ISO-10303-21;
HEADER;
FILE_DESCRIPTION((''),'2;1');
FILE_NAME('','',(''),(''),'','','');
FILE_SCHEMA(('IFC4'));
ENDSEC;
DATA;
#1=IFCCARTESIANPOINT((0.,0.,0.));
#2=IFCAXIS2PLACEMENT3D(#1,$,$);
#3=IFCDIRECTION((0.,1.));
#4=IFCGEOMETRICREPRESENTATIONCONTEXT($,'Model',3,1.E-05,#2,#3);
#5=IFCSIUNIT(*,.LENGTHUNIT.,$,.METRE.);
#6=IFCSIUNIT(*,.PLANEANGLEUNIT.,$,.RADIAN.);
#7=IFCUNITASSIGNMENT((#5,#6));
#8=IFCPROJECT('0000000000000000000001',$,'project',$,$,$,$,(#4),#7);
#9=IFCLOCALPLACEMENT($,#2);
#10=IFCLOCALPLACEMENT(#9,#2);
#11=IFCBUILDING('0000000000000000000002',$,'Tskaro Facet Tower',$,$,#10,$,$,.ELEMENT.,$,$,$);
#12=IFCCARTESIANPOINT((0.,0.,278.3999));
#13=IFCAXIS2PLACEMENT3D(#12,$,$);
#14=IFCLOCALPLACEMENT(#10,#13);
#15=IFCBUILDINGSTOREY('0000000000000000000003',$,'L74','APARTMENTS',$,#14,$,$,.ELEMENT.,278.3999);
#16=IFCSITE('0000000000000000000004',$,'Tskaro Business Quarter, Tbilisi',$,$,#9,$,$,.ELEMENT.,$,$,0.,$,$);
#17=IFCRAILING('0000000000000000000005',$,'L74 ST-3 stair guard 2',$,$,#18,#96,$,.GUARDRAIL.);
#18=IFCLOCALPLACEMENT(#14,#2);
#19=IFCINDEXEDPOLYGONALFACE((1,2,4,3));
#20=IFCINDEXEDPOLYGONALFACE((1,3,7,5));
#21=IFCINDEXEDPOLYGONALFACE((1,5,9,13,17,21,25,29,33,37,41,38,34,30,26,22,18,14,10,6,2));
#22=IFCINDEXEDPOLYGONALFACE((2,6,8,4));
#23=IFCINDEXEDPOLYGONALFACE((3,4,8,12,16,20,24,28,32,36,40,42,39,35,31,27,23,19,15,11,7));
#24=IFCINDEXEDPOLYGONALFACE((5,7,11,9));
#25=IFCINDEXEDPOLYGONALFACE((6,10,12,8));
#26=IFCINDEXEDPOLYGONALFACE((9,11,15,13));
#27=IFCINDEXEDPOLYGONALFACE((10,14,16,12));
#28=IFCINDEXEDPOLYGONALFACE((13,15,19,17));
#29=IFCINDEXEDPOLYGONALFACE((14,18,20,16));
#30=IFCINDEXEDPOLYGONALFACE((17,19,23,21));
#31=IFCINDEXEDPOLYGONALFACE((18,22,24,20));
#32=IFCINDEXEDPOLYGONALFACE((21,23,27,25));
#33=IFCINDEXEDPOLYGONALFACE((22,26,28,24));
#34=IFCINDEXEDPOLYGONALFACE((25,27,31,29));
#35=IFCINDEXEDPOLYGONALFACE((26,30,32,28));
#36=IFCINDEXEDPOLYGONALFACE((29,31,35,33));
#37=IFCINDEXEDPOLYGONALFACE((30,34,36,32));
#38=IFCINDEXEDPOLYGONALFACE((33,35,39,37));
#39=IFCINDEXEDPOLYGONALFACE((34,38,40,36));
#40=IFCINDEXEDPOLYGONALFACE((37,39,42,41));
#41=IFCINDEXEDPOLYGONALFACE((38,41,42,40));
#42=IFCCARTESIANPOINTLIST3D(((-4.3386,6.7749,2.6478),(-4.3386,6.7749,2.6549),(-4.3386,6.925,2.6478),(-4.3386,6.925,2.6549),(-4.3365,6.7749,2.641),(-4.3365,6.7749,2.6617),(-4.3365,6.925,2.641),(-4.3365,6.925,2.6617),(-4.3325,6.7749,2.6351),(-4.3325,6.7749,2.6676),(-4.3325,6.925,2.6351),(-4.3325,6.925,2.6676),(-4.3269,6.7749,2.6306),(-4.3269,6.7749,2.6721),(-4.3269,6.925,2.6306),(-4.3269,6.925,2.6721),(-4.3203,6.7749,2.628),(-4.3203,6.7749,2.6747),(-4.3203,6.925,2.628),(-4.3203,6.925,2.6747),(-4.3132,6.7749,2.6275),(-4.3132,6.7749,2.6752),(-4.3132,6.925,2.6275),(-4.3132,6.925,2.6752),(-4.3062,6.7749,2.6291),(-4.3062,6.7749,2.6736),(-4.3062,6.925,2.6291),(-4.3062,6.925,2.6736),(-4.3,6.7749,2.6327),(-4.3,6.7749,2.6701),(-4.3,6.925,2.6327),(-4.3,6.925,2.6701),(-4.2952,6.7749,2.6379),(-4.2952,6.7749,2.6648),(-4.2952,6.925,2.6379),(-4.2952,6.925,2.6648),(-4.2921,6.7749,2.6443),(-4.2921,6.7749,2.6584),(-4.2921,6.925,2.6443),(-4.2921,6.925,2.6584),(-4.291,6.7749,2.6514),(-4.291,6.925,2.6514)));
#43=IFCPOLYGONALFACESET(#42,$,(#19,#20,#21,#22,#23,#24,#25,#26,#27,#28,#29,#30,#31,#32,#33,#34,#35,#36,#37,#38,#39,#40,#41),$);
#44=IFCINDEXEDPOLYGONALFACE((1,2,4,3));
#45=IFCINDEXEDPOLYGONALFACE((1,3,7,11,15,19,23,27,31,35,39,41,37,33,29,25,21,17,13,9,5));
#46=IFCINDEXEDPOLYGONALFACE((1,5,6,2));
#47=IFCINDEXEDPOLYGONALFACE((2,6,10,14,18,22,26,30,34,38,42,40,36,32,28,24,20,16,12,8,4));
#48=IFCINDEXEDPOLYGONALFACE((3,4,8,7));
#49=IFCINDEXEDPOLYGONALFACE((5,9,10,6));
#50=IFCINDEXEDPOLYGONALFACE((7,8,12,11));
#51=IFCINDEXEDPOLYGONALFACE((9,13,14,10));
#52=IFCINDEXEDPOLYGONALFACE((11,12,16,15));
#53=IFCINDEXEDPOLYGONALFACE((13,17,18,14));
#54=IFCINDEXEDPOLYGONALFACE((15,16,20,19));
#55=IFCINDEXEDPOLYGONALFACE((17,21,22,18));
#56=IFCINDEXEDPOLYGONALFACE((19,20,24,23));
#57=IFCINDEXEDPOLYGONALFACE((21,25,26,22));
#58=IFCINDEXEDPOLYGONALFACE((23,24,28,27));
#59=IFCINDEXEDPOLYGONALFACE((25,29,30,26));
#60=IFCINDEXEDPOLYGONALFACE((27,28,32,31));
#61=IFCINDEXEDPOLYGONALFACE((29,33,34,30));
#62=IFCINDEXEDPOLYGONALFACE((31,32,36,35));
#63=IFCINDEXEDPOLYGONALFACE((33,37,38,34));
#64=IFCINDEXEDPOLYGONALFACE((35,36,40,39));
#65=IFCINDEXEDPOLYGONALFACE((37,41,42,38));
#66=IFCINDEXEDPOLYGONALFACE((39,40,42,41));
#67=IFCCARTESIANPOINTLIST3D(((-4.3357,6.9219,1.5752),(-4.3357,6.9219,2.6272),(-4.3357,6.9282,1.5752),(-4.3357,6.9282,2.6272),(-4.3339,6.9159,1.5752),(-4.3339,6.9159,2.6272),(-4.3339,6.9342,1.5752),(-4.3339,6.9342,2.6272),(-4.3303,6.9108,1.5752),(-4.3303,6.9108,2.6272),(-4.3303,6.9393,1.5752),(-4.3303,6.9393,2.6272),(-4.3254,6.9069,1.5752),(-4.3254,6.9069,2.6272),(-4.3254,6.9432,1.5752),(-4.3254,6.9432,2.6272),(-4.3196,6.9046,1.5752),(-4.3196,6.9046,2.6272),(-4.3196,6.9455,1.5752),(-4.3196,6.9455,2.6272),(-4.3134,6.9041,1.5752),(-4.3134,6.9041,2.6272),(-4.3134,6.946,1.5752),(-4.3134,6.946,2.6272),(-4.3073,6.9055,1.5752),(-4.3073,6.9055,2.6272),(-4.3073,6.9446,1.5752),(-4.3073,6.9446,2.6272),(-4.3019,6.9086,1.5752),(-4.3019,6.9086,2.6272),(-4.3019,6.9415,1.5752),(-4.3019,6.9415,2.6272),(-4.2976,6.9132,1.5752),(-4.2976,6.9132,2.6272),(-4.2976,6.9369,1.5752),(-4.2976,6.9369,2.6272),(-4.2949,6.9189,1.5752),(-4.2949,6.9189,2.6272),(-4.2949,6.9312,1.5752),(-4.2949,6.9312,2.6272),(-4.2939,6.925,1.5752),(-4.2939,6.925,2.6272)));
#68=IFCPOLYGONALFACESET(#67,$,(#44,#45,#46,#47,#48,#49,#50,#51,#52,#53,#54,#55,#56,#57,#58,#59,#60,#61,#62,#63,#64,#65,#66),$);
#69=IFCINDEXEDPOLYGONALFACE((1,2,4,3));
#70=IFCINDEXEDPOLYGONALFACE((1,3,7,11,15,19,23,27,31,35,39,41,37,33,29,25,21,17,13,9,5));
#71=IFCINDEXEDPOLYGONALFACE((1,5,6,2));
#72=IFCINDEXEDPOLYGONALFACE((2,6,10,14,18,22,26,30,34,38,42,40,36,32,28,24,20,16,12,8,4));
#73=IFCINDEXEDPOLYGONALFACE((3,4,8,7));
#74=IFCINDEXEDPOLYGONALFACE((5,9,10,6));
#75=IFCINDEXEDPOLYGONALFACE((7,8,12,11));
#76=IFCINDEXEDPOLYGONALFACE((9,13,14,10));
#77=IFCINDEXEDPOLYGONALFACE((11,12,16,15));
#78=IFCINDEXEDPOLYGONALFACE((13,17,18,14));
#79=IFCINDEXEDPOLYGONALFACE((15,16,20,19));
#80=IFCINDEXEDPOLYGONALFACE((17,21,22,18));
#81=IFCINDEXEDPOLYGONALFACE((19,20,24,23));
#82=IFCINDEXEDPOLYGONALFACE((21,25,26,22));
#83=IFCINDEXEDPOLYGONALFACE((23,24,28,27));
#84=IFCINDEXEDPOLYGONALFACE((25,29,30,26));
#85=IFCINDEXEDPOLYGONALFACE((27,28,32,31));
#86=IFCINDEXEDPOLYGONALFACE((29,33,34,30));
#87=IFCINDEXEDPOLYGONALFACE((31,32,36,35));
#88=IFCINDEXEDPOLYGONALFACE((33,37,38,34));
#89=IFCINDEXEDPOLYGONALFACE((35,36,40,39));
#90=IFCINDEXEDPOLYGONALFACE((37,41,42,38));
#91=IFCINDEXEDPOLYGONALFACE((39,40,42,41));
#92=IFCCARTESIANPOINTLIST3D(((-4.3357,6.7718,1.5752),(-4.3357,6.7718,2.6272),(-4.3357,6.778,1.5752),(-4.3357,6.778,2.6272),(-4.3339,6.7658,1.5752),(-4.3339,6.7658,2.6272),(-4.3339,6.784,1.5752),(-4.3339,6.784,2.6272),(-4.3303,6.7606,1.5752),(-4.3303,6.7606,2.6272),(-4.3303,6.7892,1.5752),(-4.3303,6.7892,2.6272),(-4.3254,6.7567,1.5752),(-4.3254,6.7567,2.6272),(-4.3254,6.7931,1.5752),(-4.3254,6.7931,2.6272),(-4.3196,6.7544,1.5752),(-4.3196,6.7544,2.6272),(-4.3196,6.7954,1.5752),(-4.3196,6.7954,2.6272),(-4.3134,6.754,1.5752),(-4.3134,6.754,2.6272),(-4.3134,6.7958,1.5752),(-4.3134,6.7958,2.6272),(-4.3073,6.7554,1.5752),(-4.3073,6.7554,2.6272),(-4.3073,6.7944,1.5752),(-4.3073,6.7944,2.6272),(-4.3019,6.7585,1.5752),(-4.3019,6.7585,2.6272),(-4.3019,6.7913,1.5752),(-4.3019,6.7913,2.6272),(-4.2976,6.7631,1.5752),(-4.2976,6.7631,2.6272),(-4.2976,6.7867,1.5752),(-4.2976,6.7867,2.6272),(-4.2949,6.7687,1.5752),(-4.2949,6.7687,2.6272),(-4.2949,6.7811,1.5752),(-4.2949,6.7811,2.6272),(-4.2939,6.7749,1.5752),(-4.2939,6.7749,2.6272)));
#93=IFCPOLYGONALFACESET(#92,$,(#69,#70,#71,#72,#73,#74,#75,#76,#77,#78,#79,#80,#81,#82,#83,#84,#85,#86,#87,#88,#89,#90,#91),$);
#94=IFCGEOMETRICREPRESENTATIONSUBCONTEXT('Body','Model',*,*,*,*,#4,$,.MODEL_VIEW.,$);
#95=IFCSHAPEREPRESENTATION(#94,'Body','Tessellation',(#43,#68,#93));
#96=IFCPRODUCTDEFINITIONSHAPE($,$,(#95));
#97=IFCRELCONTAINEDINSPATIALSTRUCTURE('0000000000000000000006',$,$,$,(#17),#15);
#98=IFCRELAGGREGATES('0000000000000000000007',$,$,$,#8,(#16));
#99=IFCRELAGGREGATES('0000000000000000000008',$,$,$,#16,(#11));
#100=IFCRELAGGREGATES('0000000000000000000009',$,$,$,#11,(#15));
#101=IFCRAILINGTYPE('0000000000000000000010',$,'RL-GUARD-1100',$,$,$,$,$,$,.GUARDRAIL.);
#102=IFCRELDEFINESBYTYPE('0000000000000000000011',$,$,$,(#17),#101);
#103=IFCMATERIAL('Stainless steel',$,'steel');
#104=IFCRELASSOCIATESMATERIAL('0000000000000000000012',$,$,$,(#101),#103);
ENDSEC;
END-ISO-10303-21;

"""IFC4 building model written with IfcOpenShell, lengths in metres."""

from ifc_helpers import new_model, si_unit, direction, frame, origin, origin_2d, place, context, subcontext, project, spatial, circle, extrude, material, type_object, element, save


model = new_model("IFC4")

# Units and contexts
model_context = context("Model", 3, precision=1e-05, world=origin(), true_north=direction((0.0, 1.0)))
body_context = subcontext(model_context, "Body", "Model", "MODEL_VIEW")
ifc_project = project(units=[si_unit("LENGTHUNIT", "METRE"), si_unit("PLANEANGLEUNIT", "RADIAN")], contexts=[model_context])

# Site, building, storey
site_placement = place(None, origin())
site = spatial("IfcSite", under=ifc_project, at=site_placement, Name="Tskaro Business Quarter, Tbilisi", CompositionType="ELEMENT", RefElevation=0.0)
building_placement = place(site_placement, origin())
building = spatial("IfcBuilding", under=site, at=building_placement, Name="Tskaro Facet Tower", CompositionType="ELEMENT")
storey_placement = place(building_placement, frame((0.0, 0.0, 278.3999)))
storey = spatial("IfcBuildingStorey", under=building, at=storey_placement, Name="L74", Description="APARTMENTS", CompositionType="ELEMENT", Elevation=278.3999)

# Railing
ifc_material_1 = material(Name="Stainless steel", Category="steel")
railing_type_1 = type_object("IfcRailingType", Name="RL-GUARD-1100", PredefinedType="GUARDRAIL", material=ifc_material_1)
railing_1_placement = place(storey_placement, frame((-4.3149, 6.925, 1.5752)))
element("IfcRailing", 1, at=railing_1_placement, inside=storey, type_object=railing_type_1, Name="L74 ST-3 stair guard 2", PredefinedType="GUARDRAIL", context=body_context, shape_type="SweptSolid", body=[
    extrude(circle(Radius=0.0239, at=origin_2d()), frame((0.0, 0.0, 1.0762), z_axis=(0.0, -1.0, 0.0), x_axis=(1.0, 0.0, 0.0)), (0.0, 0.0, 1.0), 0.1501),
    extrude(circle(Radius=0.021, at=origin_2d()), origin(), (0.0, 0.0, 1.0), 1.052),
    extrude(circle(Radius=0.021, at=origin_2d()), frame((0.0, -0.1501, 0.0)), (0.0, 0.0, 1.0), 1.052),
])

save(model, "model.ifc")
